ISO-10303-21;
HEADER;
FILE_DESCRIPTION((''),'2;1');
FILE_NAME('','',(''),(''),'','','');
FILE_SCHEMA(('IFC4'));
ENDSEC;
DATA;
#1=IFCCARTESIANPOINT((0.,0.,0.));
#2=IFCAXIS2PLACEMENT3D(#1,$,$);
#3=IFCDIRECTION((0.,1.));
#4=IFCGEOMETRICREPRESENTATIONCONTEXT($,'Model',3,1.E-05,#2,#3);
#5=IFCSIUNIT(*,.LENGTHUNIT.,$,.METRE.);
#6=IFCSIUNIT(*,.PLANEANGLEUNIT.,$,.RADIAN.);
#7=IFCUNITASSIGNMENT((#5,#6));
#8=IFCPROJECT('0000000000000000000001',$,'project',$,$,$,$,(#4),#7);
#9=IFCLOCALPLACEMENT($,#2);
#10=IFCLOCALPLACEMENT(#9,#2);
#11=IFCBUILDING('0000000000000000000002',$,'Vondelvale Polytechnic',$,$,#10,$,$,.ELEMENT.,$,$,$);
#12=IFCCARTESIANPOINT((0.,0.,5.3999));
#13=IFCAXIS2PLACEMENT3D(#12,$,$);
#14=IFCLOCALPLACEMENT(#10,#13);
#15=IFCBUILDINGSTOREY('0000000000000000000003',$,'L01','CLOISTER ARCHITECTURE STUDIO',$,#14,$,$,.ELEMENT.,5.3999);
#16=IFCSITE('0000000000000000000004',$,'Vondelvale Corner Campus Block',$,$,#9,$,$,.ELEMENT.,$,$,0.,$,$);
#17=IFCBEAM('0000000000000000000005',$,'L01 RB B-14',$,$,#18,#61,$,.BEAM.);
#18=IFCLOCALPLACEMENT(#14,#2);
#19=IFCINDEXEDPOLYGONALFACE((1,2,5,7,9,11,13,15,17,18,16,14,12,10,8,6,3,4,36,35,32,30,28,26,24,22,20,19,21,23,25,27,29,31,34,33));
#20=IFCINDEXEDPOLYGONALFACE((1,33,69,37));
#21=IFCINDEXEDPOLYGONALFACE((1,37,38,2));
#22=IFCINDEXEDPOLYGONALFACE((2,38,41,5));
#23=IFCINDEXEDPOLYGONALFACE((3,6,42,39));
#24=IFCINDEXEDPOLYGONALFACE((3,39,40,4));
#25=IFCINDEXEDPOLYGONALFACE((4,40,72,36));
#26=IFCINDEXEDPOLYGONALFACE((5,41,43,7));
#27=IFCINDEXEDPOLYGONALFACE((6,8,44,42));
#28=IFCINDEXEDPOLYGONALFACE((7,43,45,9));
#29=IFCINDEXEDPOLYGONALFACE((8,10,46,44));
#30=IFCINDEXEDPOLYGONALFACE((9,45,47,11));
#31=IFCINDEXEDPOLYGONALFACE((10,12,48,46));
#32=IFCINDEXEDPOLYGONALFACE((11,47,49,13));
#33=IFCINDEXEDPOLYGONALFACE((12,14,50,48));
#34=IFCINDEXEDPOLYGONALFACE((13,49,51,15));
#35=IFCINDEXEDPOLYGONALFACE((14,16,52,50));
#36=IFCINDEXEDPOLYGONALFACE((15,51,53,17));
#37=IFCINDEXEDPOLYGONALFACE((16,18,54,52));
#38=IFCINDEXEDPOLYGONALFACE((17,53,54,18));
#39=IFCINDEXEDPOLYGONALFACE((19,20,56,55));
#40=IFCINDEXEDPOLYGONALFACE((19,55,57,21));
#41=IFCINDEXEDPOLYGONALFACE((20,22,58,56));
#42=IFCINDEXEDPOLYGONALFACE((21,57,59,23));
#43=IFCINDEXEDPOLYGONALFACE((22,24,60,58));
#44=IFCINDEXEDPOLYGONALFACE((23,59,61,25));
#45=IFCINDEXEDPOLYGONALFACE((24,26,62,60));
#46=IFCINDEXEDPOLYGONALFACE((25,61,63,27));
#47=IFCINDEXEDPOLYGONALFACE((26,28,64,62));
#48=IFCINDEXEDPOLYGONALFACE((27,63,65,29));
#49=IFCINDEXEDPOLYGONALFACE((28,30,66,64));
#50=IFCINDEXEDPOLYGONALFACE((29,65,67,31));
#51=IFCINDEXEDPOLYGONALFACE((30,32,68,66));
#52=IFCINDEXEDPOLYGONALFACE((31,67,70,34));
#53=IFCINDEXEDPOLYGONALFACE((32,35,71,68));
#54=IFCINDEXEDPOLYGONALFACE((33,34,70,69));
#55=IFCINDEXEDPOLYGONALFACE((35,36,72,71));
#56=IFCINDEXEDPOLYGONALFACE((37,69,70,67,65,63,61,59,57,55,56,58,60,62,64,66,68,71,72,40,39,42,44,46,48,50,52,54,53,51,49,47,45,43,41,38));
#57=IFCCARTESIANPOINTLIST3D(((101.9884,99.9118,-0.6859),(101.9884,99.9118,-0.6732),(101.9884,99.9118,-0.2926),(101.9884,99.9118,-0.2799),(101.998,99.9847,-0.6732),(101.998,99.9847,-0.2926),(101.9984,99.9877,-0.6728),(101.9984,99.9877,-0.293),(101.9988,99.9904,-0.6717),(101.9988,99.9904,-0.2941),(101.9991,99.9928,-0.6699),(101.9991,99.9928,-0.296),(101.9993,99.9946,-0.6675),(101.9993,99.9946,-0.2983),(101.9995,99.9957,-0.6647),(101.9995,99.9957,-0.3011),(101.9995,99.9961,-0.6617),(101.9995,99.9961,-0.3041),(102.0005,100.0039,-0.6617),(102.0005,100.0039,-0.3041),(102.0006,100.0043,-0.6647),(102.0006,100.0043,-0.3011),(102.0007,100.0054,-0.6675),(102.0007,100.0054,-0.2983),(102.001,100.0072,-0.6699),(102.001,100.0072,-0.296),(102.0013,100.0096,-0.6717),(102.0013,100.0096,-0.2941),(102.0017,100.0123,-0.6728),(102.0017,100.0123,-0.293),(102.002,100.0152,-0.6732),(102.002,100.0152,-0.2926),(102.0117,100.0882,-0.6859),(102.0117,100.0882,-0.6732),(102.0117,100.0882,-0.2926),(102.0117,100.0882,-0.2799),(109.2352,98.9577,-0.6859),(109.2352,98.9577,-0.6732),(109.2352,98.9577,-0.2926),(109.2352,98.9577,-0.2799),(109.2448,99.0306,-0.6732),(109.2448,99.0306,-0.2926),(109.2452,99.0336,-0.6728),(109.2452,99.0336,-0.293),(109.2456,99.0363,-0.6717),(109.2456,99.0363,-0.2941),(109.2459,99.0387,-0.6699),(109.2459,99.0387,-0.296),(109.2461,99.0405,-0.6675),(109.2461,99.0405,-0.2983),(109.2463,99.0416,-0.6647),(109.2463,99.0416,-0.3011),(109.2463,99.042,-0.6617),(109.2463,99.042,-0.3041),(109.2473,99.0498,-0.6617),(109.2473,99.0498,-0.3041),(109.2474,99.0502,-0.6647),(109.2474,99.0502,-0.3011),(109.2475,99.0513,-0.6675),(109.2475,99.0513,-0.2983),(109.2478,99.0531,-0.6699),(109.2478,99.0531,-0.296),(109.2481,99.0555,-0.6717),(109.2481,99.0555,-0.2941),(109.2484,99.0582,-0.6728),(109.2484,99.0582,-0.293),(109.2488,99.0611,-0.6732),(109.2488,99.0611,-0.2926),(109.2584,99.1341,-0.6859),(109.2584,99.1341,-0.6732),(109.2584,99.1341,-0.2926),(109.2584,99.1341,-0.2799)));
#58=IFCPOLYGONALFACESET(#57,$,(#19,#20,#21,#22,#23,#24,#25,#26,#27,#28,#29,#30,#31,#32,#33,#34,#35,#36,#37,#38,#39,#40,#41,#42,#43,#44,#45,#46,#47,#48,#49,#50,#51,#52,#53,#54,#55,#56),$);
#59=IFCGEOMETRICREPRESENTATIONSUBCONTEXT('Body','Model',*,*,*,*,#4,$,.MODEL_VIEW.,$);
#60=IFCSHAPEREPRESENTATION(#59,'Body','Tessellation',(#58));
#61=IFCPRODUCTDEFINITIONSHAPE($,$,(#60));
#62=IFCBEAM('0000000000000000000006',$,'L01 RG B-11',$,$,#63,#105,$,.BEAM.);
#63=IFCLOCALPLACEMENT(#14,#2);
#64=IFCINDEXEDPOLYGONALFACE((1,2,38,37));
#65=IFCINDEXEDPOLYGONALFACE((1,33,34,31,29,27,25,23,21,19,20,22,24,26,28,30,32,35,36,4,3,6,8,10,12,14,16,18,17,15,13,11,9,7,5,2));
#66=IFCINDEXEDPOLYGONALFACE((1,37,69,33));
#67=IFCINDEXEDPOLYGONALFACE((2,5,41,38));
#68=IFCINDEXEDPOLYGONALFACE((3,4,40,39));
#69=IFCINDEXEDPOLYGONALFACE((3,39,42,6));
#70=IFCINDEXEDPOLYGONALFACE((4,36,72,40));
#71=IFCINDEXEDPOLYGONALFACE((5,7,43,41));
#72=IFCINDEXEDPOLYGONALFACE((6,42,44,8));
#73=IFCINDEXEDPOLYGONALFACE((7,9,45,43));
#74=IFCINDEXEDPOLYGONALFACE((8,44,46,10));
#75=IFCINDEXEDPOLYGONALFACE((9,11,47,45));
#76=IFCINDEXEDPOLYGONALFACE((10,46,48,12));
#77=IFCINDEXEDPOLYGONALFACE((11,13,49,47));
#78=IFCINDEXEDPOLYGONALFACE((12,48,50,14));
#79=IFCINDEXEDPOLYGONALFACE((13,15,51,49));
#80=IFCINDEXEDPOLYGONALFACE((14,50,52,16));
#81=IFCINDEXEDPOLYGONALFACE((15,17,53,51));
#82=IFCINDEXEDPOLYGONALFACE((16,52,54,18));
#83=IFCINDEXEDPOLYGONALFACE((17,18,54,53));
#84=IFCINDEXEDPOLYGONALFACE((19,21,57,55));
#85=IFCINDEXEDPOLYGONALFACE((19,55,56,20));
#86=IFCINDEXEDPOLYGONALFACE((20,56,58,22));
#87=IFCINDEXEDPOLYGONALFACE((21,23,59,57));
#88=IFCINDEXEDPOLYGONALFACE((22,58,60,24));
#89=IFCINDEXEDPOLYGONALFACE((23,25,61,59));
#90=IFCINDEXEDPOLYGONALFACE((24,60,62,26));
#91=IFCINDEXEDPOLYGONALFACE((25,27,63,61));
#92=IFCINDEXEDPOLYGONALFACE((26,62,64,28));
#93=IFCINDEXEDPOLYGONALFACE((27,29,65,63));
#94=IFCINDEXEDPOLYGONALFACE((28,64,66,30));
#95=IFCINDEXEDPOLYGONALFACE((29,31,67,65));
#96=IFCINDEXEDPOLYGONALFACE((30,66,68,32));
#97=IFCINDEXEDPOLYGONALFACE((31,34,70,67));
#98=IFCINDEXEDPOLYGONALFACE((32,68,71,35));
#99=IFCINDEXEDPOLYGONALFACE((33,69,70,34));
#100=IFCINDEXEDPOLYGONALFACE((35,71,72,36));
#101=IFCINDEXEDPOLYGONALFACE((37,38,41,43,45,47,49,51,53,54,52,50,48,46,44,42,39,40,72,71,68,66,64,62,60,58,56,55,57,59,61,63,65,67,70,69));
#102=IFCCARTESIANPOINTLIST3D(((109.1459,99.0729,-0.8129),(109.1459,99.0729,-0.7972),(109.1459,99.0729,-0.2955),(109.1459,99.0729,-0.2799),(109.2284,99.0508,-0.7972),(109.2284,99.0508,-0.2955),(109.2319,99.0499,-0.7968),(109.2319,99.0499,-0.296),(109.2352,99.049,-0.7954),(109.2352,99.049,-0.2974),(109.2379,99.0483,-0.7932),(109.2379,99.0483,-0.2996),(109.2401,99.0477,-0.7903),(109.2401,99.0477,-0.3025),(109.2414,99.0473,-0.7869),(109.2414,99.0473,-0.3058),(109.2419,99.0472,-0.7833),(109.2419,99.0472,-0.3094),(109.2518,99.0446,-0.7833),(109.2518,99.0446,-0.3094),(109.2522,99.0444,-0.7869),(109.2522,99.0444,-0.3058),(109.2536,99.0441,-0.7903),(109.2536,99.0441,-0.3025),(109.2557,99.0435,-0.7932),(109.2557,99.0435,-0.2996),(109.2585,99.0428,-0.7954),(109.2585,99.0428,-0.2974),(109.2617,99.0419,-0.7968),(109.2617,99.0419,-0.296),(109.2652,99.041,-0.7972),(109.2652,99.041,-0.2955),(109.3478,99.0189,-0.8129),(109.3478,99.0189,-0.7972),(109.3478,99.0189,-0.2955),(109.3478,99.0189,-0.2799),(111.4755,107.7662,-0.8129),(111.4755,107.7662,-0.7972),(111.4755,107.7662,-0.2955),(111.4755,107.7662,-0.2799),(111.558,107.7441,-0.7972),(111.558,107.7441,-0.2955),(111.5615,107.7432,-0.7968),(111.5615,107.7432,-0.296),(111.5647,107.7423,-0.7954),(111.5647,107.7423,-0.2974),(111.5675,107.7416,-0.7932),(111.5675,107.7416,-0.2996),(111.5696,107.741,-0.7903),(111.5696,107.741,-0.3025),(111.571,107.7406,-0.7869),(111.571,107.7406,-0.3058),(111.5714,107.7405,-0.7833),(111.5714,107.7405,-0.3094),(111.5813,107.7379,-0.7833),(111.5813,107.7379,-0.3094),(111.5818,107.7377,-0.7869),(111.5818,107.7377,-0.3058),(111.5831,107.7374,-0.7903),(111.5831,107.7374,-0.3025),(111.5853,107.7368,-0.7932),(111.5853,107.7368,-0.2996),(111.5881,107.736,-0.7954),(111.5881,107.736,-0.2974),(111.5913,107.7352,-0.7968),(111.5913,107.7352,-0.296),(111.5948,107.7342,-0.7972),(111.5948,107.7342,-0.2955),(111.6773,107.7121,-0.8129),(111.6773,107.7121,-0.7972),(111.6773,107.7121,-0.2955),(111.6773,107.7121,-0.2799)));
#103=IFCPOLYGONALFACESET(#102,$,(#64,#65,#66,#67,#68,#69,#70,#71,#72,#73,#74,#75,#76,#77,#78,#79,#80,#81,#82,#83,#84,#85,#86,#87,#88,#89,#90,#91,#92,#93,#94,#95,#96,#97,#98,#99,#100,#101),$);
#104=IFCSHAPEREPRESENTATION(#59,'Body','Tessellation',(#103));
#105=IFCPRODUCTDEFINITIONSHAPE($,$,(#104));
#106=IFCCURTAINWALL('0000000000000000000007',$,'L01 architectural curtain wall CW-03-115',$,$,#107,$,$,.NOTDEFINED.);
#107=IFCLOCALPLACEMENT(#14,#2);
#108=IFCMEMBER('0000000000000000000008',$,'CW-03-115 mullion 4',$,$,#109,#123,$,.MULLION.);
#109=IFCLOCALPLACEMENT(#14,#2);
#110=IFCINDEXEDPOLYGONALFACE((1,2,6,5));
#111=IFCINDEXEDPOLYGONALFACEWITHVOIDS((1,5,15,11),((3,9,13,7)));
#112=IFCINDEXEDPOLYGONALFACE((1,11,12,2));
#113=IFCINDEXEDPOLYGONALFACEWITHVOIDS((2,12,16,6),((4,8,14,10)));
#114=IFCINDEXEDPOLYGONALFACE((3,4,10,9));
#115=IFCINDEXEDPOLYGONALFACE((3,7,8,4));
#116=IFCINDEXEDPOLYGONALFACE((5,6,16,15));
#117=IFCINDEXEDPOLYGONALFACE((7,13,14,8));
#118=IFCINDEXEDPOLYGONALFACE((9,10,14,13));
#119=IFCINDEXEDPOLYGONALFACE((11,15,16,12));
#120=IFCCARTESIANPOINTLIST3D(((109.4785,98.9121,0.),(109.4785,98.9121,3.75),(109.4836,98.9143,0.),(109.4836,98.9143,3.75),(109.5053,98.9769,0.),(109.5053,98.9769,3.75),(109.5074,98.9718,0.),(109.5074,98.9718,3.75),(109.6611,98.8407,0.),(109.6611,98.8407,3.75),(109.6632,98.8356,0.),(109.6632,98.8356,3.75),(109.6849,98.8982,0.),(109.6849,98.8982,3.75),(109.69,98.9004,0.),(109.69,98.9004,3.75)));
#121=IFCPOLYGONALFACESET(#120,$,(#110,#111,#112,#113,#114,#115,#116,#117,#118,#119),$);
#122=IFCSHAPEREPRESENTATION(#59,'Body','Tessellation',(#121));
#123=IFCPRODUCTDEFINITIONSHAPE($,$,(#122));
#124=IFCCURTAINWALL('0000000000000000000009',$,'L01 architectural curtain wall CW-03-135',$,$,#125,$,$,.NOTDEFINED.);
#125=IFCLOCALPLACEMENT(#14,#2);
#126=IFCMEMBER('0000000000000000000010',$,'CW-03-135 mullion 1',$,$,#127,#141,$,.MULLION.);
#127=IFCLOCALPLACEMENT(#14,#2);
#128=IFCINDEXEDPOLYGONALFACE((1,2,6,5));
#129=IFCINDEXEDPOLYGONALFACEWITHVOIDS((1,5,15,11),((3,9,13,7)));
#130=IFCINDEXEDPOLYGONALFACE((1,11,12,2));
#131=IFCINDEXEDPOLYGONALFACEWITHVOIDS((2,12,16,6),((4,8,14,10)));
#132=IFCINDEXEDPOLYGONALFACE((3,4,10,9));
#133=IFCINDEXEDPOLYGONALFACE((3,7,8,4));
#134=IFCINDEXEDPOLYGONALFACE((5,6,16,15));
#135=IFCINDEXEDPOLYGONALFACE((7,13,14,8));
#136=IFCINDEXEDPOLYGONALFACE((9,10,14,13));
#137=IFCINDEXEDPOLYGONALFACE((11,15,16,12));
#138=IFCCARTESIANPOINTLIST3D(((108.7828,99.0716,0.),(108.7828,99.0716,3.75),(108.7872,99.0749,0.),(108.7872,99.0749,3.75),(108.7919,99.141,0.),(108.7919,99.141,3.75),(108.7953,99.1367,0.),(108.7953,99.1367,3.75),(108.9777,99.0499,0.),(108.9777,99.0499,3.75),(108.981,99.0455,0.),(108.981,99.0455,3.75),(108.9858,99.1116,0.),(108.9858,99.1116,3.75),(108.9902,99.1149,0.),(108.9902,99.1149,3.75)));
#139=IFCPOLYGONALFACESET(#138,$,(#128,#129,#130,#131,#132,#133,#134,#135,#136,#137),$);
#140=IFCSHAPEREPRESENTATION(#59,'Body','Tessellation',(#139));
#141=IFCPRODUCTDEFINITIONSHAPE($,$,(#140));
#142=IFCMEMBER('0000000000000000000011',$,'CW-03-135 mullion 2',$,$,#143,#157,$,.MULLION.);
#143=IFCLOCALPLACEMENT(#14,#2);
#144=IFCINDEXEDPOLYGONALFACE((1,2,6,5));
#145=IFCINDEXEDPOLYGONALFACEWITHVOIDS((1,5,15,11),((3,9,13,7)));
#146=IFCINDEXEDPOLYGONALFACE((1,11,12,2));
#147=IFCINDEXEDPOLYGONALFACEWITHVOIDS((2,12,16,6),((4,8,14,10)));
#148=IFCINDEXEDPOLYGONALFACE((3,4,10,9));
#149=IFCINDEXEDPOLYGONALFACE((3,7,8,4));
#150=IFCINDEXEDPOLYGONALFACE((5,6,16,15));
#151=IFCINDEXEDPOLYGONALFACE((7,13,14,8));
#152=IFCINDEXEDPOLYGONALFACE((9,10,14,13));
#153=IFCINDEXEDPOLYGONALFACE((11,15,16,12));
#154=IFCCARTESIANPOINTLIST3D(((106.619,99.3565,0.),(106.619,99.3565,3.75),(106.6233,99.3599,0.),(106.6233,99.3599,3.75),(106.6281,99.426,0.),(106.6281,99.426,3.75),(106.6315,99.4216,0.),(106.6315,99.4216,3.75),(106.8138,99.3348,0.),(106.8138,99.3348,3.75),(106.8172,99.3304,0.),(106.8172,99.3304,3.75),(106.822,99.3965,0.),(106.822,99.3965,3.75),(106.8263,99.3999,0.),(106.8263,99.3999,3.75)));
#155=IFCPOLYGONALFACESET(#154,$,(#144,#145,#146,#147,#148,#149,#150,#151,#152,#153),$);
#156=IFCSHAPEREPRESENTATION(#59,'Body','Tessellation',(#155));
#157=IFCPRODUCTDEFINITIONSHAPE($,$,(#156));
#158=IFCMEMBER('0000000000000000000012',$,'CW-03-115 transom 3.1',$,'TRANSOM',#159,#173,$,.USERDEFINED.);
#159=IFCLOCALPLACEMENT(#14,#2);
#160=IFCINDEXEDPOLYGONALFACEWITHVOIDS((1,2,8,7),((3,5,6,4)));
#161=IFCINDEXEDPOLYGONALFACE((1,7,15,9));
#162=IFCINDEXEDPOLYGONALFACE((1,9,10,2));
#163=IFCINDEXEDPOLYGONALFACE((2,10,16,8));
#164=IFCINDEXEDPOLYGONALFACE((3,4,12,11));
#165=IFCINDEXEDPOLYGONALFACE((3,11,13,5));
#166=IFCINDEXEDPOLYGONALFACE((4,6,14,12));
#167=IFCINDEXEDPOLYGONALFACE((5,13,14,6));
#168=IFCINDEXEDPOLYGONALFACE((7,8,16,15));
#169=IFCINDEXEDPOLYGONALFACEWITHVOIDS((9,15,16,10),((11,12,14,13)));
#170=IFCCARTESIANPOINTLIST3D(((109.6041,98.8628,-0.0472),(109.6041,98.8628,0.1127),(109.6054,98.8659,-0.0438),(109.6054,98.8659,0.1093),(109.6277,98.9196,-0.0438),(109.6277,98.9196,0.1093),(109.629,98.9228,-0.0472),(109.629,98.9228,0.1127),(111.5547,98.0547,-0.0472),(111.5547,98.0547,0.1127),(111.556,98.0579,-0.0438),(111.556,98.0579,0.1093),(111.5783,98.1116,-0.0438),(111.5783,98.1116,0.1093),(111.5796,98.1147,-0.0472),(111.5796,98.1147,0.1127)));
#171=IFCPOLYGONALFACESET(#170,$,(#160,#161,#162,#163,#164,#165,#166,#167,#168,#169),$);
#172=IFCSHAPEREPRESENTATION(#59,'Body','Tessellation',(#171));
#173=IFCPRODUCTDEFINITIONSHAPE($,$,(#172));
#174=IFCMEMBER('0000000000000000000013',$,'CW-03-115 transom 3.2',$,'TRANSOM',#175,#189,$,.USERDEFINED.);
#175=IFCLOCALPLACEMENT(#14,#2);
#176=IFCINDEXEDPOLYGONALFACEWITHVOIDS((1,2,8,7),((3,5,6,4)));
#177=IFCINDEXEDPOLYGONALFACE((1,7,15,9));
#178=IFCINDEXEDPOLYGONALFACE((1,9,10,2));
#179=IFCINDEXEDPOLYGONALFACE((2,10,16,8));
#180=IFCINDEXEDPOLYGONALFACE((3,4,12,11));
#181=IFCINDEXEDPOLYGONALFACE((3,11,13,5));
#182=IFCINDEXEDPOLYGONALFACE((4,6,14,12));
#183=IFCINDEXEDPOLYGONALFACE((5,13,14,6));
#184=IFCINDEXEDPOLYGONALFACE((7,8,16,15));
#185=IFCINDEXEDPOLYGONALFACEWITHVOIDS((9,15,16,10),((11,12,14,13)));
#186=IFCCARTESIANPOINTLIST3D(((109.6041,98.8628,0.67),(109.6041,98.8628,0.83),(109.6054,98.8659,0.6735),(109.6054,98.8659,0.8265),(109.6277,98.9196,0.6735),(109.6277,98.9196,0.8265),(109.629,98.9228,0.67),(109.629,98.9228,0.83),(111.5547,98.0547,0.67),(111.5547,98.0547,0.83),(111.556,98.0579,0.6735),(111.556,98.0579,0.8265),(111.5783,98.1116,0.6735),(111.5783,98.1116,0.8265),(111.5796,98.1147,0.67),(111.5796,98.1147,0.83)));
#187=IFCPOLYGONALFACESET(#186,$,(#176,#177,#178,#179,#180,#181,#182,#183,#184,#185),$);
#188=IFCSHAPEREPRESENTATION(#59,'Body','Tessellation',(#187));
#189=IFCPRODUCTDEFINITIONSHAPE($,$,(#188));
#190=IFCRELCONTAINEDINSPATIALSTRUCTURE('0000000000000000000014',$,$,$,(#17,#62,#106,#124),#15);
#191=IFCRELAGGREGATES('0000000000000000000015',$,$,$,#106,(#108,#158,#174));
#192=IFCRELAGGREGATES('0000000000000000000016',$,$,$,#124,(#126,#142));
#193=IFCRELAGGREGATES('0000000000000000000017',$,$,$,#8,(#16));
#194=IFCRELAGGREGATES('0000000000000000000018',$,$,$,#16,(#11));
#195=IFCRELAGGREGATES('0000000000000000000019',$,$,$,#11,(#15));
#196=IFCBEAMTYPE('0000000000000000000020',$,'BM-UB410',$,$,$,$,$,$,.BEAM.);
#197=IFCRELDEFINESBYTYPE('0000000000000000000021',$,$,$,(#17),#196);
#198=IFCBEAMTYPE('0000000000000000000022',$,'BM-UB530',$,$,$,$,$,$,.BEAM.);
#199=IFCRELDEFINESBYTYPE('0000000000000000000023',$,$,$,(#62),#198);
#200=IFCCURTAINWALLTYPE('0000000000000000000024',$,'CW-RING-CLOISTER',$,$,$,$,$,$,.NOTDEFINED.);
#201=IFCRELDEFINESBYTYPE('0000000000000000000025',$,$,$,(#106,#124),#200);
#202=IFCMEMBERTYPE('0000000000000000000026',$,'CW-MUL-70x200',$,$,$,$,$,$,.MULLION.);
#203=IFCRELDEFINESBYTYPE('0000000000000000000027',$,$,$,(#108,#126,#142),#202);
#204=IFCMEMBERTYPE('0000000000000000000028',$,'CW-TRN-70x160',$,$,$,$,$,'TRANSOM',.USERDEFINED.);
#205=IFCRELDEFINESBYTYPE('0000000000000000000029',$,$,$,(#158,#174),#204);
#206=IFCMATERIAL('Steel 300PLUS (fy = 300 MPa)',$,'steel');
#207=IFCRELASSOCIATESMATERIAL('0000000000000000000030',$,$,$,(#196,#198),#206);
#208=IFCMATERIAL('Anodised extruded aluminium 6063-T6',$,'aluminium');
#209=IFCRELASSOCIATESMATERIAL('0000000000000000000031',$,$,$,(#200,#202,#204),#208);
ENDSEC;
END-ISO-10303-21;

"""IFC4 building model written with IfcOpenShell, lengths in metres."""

from ifc_helpers import new_model, si_unit, direction, frame, origin, origin_2d, place, context, subcontext, project, spatial, hollow_rectangle, i_section, extrude, material, material_profile, profile_set, type_object, element, aggregate, save


model = new_model("IFC4")

# Units and contexts
model_context = context("Model", 3, precision=1e-05, world=origin(), true_north=direction((0.0, 1.0)))
body_context = subcontext(model_context, "Body", "Model", "MODEL_VIEW")
ifc_project = project(units=[si_unit("LENGTHUNIT", "METRE"), si_unit("PLANEANGLEUNIT", "RADIAN")], contexts=[model_context])

# Site, building, storey
site_placement = place(None, origin())
site = spatial("IfcSite", under=ifc_project, at=site_placement, Name="Vondelvale Corner Campus Block", CompositionType="ELEMENT", RefElevation=0.0)
building_placement = place(site_placement, origin())
building = spatial("IfcBuilding", under=site, at=building_placement, Name="Vondelvale Polytechnic", CompositionType="ELEMENT")
storey_placement = place(building_placement, frame((0.0, 0.0, 5.3999)))
storey = spatial("IfcBuildingStorey", under=building, at=storey_placement, Name="L01", Description="CLOISTER ARCHITECTURE STUDIO", CompositionType="ELEMENT", Elevation=5.3999)

# Beams
ifc_material_1 = material(Name="Steel 300PLUS (fy = 300 MPa)", Category="steel")
ifc_material_profile_1 = material_profile(ifc_material_1, i_section(OverallWidth=0.178, OverallDepth=0.406, WebThickness=0.0078, FlangeThickness=0.0127, FilletRadius=0.0115, at=origin_2d()), Name="410UB59.7")
ifc_profile_set_1 = profile_set([ifc_material_profile_1], Name="Steel 300PLUS (fy = 300 MPa)")
beam_type_1 = type_object("IfcBeamType", Name="BM-UB410", PredefinedType="BEAM", material=ifc_profile_set_1)
beam_1_placement = place(storey_placement, frame((109.2468, 99.0459, -0.4829), z_axis=(-0.991444, 0.130531, 0.0), x_axis=(-0.130531, -0.991444, 0.0)))
element("IfcBeam", 1, at=beam_1_placement, inside=storey, type_object=beam_type_1, Name="L01 RB B-14", PredefinedType="BEAM", context=body_context, shape_type="SweptSolid", body=[
    extrude(i_section(OverallWidth=0.178, OverallDepth=0.406, WebThickness=0.0078, FlangeThickness=0.0127, FilletRadius=0.0115, at=origin_2d()), origin(), (0.0, 0.0, 1.0), 7.3093),
])
ifc_material_profile_2 = material_profile(ifc_material_1, i_section(OverallWidth=0.209, OverallDepth=0.533, WebThickness=0.0103, FlangeThickness=0.0156, FilletRadius=0.0139, at=origin_2d()), Name="530UB92.4")
ifc_profile_set_2 = profile_set([ifc_material_profile_2], Name="Steel 300PLUS (fy = 300 MPa)")
beam_type_2 = type_object("IfcBeamType", Name="BM-UB530", PredefinedType="BEAM", material=ifc_profile_set_2)
beam_2_placement = place(storey_placement, frame((109.2468, 99.0459, -0.5464), z_axis=(0.258841, 0.96592, 0.0), x_axis=(-0.96592, 0.258841, 0.0)))
element("IfcBeam", 2, at=beam_2_placement, inside=storey, type_object=beam_type_2, Name="L01 RG B-11", PredefinedType="BEAM", context=body_context, shape_type="SweptSolid", body=[
    extrude(i_section(OverallWidth=0.209, OverallDepth=0.533, WebThickness=0.0103, FlangeThickness=0.0156, FilletRadius=0.0139, at=origin_2d()), origin(), (0.0, 0.0, 1.0), 9.0),
])

# Curtain wall, member
ifc_material_2 = material(Name="Anodised extruded aluminium 6063-T6", Category="aluminium")
curtain_wall_type = type_object("IfcCurtainWallType", Name="CW-RING-CLOISTER", PredefinedType="NOTDEFINED", material=ifc_material_2)
curtain_wall_1_placement = place(storey_placement, origin())
curtain_wall_1 = element("IfcCurtainWall", 3, at=curtain_wall_1_placement, inside=storey, type_object=curtain_wall_type, Name="L01 architectural curtain wall CW-03-115", PredefinedType="NOTDEFINED")
ifc_material_profile_3 = material_profile(ifc_material_2, hollow_rectangle(XDim=0.0701, YDim=0.2, WallThickness=0.0039, at=origin_2d()), Name="CW-MUL-200x70")
ifc_profile_set_3 = profile_set([ifc_material_profile_3], Name="Anodised extruded aluminium 6063-T6")
member_type_1 = type_object("IfcMemberType", Name="CW-MUL-70x200", PredefinedType="MULLION", material=ifc_profile_set_3)
member_1_placement = place(storey_placement, frame((109.5842, 98.9062, 0.0), z_axis=(0.0, 0.0, 1.0), x_axis=(-0.382679, -0.923882, 0.0)))
member_1 = element("IfcMember", 4, at=member_1_placement, type_object=member_type_1, Name="CW-03-115 mullion 4", PredefinedType="MULLION", context=body_context, shape_type="SweptSolid", body=[
    extrude(hollow_rectangle(XDim=0.0701, YDim=0.2, WallThickness=0.0039, at=origin_2d()), origin(), (0.0, 0.0, 1.0), 3.75),
])

# Curtain wall, members
curtain_wall_2_placement = place(storey_placement, origin())
curtain_wall_2 = element("IfcCurtainWall", 5, at=curtain_wall_2_placement, inside=storey, type_object=curtain_wall_type, Name="L01 architectural curtain wall CW-03-135", PredefinedType="NOTDEFINED")
member_2_placement = place(storey_placement, frame((108.8865, 99.0933, 0.0), z_axis=(0.0, 0.0, 1.0), x_axis=(-0.130528, -0.991445, 0.0)))
member_2 = element("IfcMember", 6, at=member_2_placement, type_object=member_type_1, Name="CW-03-135 mullion 1", PredefinedType="MULLION", context=body_context, shape_type="SweptSolid", body=[
    extrude(hollow_rectangle(XDim=0.0701, YDim=0.2, WallThickness=0.0039, at=origin_2d()), origin(), (0.0, 0.0, 1.0), 3.75),
])
member_3_placement = place(storey_placement, frame((106.7227, 99.3782, 0.0), z_axis=(0.0, 0.0, 1.0), x_axis=(-0.130528, -0.991445, 0.0)))
member_3 = element("IfcMember", 7, at=member_3_placement, type_object=member_type_1, Name="CW-03-135 mullion 2", PredefinedType="MULLION", context=body_context, shape_type="SweptSolid", body=[
    extrude(hollow_rectangle(XDim=0.0701, YDim=0.2, WallThickness=0.0039, at=origin_2d()), origin(), (0.0, 0.0, 1.0), 3.75),
])

# Members
ifc_material_profile_4 = material_profile(ifc_material_2, hollow_rectangle(XDim=0.0649, YDim=0.1599, WallThickness=0.0034, at=origin_2d()), Name="CW-TRN-160x65")
ifc_profile_set_4 = profile_set([ifc_material_profile_4], Name="Anodised extruded aluminium 6063-T6")
member_type_2 = type_object("IfcMemberType", Name="CW-TRN-70x160", ElementType="TRANSOM", PredefinedType="USERDEFINED", material=ifc_profile_set_4)
member_4_placement = place(storey_placement, frame((111.5671, 98.0847, 0.0327), z_axis=(-0.923862, 0.382726, 0.0), x_axis=(-0.382726, -0.923862, 0.0)))
member_4 = element("IfcMember", 8, at=member_4_placement, type_object=member_type_2, Name="CW-03-115 transom 3.1", ObjectType="TRANSOM", PredefinedType="USERDEFINED", context=body_context, shape_type="SweptSolid", body=[
    extrude(hollow_rectangle(XDim=0.0649, YDim=0.1599, WallThickness=0.0034, at=origin_2d()), origin(), (0.0, 0.0, 1.0), 2.1113),
])
member_5_placement = place(storey_placement, frame((111.5671, 98.0847, 0.75), z_axis=(-0.923862, 0.382726, 0.0), x_axis=(-0.382726, -0.923862, 0.0)))
member_5 = element("IfcMember", 9, at=member_5_placement, type_object=member_type_2, Name="CW-03-115 transom 3.2", ObjectType="TRANSOM", PredefinedType="USERDEFINED", context=body_context, shape_type="SweptSolid", body=[
    extrude(hollow_rectangle(XDim=0.0649, YDim=0.1599, WallThickness=0.0034, at=origin_2d()), origin(), (0.0, 0.0, 1.0), 2.1113),
])

aggregate(curtain_wall_1, [member_1, member_4, member_5])
aggregate(curtain_wall_2, [member_2, member_3])

save(model, "model.ifc")
